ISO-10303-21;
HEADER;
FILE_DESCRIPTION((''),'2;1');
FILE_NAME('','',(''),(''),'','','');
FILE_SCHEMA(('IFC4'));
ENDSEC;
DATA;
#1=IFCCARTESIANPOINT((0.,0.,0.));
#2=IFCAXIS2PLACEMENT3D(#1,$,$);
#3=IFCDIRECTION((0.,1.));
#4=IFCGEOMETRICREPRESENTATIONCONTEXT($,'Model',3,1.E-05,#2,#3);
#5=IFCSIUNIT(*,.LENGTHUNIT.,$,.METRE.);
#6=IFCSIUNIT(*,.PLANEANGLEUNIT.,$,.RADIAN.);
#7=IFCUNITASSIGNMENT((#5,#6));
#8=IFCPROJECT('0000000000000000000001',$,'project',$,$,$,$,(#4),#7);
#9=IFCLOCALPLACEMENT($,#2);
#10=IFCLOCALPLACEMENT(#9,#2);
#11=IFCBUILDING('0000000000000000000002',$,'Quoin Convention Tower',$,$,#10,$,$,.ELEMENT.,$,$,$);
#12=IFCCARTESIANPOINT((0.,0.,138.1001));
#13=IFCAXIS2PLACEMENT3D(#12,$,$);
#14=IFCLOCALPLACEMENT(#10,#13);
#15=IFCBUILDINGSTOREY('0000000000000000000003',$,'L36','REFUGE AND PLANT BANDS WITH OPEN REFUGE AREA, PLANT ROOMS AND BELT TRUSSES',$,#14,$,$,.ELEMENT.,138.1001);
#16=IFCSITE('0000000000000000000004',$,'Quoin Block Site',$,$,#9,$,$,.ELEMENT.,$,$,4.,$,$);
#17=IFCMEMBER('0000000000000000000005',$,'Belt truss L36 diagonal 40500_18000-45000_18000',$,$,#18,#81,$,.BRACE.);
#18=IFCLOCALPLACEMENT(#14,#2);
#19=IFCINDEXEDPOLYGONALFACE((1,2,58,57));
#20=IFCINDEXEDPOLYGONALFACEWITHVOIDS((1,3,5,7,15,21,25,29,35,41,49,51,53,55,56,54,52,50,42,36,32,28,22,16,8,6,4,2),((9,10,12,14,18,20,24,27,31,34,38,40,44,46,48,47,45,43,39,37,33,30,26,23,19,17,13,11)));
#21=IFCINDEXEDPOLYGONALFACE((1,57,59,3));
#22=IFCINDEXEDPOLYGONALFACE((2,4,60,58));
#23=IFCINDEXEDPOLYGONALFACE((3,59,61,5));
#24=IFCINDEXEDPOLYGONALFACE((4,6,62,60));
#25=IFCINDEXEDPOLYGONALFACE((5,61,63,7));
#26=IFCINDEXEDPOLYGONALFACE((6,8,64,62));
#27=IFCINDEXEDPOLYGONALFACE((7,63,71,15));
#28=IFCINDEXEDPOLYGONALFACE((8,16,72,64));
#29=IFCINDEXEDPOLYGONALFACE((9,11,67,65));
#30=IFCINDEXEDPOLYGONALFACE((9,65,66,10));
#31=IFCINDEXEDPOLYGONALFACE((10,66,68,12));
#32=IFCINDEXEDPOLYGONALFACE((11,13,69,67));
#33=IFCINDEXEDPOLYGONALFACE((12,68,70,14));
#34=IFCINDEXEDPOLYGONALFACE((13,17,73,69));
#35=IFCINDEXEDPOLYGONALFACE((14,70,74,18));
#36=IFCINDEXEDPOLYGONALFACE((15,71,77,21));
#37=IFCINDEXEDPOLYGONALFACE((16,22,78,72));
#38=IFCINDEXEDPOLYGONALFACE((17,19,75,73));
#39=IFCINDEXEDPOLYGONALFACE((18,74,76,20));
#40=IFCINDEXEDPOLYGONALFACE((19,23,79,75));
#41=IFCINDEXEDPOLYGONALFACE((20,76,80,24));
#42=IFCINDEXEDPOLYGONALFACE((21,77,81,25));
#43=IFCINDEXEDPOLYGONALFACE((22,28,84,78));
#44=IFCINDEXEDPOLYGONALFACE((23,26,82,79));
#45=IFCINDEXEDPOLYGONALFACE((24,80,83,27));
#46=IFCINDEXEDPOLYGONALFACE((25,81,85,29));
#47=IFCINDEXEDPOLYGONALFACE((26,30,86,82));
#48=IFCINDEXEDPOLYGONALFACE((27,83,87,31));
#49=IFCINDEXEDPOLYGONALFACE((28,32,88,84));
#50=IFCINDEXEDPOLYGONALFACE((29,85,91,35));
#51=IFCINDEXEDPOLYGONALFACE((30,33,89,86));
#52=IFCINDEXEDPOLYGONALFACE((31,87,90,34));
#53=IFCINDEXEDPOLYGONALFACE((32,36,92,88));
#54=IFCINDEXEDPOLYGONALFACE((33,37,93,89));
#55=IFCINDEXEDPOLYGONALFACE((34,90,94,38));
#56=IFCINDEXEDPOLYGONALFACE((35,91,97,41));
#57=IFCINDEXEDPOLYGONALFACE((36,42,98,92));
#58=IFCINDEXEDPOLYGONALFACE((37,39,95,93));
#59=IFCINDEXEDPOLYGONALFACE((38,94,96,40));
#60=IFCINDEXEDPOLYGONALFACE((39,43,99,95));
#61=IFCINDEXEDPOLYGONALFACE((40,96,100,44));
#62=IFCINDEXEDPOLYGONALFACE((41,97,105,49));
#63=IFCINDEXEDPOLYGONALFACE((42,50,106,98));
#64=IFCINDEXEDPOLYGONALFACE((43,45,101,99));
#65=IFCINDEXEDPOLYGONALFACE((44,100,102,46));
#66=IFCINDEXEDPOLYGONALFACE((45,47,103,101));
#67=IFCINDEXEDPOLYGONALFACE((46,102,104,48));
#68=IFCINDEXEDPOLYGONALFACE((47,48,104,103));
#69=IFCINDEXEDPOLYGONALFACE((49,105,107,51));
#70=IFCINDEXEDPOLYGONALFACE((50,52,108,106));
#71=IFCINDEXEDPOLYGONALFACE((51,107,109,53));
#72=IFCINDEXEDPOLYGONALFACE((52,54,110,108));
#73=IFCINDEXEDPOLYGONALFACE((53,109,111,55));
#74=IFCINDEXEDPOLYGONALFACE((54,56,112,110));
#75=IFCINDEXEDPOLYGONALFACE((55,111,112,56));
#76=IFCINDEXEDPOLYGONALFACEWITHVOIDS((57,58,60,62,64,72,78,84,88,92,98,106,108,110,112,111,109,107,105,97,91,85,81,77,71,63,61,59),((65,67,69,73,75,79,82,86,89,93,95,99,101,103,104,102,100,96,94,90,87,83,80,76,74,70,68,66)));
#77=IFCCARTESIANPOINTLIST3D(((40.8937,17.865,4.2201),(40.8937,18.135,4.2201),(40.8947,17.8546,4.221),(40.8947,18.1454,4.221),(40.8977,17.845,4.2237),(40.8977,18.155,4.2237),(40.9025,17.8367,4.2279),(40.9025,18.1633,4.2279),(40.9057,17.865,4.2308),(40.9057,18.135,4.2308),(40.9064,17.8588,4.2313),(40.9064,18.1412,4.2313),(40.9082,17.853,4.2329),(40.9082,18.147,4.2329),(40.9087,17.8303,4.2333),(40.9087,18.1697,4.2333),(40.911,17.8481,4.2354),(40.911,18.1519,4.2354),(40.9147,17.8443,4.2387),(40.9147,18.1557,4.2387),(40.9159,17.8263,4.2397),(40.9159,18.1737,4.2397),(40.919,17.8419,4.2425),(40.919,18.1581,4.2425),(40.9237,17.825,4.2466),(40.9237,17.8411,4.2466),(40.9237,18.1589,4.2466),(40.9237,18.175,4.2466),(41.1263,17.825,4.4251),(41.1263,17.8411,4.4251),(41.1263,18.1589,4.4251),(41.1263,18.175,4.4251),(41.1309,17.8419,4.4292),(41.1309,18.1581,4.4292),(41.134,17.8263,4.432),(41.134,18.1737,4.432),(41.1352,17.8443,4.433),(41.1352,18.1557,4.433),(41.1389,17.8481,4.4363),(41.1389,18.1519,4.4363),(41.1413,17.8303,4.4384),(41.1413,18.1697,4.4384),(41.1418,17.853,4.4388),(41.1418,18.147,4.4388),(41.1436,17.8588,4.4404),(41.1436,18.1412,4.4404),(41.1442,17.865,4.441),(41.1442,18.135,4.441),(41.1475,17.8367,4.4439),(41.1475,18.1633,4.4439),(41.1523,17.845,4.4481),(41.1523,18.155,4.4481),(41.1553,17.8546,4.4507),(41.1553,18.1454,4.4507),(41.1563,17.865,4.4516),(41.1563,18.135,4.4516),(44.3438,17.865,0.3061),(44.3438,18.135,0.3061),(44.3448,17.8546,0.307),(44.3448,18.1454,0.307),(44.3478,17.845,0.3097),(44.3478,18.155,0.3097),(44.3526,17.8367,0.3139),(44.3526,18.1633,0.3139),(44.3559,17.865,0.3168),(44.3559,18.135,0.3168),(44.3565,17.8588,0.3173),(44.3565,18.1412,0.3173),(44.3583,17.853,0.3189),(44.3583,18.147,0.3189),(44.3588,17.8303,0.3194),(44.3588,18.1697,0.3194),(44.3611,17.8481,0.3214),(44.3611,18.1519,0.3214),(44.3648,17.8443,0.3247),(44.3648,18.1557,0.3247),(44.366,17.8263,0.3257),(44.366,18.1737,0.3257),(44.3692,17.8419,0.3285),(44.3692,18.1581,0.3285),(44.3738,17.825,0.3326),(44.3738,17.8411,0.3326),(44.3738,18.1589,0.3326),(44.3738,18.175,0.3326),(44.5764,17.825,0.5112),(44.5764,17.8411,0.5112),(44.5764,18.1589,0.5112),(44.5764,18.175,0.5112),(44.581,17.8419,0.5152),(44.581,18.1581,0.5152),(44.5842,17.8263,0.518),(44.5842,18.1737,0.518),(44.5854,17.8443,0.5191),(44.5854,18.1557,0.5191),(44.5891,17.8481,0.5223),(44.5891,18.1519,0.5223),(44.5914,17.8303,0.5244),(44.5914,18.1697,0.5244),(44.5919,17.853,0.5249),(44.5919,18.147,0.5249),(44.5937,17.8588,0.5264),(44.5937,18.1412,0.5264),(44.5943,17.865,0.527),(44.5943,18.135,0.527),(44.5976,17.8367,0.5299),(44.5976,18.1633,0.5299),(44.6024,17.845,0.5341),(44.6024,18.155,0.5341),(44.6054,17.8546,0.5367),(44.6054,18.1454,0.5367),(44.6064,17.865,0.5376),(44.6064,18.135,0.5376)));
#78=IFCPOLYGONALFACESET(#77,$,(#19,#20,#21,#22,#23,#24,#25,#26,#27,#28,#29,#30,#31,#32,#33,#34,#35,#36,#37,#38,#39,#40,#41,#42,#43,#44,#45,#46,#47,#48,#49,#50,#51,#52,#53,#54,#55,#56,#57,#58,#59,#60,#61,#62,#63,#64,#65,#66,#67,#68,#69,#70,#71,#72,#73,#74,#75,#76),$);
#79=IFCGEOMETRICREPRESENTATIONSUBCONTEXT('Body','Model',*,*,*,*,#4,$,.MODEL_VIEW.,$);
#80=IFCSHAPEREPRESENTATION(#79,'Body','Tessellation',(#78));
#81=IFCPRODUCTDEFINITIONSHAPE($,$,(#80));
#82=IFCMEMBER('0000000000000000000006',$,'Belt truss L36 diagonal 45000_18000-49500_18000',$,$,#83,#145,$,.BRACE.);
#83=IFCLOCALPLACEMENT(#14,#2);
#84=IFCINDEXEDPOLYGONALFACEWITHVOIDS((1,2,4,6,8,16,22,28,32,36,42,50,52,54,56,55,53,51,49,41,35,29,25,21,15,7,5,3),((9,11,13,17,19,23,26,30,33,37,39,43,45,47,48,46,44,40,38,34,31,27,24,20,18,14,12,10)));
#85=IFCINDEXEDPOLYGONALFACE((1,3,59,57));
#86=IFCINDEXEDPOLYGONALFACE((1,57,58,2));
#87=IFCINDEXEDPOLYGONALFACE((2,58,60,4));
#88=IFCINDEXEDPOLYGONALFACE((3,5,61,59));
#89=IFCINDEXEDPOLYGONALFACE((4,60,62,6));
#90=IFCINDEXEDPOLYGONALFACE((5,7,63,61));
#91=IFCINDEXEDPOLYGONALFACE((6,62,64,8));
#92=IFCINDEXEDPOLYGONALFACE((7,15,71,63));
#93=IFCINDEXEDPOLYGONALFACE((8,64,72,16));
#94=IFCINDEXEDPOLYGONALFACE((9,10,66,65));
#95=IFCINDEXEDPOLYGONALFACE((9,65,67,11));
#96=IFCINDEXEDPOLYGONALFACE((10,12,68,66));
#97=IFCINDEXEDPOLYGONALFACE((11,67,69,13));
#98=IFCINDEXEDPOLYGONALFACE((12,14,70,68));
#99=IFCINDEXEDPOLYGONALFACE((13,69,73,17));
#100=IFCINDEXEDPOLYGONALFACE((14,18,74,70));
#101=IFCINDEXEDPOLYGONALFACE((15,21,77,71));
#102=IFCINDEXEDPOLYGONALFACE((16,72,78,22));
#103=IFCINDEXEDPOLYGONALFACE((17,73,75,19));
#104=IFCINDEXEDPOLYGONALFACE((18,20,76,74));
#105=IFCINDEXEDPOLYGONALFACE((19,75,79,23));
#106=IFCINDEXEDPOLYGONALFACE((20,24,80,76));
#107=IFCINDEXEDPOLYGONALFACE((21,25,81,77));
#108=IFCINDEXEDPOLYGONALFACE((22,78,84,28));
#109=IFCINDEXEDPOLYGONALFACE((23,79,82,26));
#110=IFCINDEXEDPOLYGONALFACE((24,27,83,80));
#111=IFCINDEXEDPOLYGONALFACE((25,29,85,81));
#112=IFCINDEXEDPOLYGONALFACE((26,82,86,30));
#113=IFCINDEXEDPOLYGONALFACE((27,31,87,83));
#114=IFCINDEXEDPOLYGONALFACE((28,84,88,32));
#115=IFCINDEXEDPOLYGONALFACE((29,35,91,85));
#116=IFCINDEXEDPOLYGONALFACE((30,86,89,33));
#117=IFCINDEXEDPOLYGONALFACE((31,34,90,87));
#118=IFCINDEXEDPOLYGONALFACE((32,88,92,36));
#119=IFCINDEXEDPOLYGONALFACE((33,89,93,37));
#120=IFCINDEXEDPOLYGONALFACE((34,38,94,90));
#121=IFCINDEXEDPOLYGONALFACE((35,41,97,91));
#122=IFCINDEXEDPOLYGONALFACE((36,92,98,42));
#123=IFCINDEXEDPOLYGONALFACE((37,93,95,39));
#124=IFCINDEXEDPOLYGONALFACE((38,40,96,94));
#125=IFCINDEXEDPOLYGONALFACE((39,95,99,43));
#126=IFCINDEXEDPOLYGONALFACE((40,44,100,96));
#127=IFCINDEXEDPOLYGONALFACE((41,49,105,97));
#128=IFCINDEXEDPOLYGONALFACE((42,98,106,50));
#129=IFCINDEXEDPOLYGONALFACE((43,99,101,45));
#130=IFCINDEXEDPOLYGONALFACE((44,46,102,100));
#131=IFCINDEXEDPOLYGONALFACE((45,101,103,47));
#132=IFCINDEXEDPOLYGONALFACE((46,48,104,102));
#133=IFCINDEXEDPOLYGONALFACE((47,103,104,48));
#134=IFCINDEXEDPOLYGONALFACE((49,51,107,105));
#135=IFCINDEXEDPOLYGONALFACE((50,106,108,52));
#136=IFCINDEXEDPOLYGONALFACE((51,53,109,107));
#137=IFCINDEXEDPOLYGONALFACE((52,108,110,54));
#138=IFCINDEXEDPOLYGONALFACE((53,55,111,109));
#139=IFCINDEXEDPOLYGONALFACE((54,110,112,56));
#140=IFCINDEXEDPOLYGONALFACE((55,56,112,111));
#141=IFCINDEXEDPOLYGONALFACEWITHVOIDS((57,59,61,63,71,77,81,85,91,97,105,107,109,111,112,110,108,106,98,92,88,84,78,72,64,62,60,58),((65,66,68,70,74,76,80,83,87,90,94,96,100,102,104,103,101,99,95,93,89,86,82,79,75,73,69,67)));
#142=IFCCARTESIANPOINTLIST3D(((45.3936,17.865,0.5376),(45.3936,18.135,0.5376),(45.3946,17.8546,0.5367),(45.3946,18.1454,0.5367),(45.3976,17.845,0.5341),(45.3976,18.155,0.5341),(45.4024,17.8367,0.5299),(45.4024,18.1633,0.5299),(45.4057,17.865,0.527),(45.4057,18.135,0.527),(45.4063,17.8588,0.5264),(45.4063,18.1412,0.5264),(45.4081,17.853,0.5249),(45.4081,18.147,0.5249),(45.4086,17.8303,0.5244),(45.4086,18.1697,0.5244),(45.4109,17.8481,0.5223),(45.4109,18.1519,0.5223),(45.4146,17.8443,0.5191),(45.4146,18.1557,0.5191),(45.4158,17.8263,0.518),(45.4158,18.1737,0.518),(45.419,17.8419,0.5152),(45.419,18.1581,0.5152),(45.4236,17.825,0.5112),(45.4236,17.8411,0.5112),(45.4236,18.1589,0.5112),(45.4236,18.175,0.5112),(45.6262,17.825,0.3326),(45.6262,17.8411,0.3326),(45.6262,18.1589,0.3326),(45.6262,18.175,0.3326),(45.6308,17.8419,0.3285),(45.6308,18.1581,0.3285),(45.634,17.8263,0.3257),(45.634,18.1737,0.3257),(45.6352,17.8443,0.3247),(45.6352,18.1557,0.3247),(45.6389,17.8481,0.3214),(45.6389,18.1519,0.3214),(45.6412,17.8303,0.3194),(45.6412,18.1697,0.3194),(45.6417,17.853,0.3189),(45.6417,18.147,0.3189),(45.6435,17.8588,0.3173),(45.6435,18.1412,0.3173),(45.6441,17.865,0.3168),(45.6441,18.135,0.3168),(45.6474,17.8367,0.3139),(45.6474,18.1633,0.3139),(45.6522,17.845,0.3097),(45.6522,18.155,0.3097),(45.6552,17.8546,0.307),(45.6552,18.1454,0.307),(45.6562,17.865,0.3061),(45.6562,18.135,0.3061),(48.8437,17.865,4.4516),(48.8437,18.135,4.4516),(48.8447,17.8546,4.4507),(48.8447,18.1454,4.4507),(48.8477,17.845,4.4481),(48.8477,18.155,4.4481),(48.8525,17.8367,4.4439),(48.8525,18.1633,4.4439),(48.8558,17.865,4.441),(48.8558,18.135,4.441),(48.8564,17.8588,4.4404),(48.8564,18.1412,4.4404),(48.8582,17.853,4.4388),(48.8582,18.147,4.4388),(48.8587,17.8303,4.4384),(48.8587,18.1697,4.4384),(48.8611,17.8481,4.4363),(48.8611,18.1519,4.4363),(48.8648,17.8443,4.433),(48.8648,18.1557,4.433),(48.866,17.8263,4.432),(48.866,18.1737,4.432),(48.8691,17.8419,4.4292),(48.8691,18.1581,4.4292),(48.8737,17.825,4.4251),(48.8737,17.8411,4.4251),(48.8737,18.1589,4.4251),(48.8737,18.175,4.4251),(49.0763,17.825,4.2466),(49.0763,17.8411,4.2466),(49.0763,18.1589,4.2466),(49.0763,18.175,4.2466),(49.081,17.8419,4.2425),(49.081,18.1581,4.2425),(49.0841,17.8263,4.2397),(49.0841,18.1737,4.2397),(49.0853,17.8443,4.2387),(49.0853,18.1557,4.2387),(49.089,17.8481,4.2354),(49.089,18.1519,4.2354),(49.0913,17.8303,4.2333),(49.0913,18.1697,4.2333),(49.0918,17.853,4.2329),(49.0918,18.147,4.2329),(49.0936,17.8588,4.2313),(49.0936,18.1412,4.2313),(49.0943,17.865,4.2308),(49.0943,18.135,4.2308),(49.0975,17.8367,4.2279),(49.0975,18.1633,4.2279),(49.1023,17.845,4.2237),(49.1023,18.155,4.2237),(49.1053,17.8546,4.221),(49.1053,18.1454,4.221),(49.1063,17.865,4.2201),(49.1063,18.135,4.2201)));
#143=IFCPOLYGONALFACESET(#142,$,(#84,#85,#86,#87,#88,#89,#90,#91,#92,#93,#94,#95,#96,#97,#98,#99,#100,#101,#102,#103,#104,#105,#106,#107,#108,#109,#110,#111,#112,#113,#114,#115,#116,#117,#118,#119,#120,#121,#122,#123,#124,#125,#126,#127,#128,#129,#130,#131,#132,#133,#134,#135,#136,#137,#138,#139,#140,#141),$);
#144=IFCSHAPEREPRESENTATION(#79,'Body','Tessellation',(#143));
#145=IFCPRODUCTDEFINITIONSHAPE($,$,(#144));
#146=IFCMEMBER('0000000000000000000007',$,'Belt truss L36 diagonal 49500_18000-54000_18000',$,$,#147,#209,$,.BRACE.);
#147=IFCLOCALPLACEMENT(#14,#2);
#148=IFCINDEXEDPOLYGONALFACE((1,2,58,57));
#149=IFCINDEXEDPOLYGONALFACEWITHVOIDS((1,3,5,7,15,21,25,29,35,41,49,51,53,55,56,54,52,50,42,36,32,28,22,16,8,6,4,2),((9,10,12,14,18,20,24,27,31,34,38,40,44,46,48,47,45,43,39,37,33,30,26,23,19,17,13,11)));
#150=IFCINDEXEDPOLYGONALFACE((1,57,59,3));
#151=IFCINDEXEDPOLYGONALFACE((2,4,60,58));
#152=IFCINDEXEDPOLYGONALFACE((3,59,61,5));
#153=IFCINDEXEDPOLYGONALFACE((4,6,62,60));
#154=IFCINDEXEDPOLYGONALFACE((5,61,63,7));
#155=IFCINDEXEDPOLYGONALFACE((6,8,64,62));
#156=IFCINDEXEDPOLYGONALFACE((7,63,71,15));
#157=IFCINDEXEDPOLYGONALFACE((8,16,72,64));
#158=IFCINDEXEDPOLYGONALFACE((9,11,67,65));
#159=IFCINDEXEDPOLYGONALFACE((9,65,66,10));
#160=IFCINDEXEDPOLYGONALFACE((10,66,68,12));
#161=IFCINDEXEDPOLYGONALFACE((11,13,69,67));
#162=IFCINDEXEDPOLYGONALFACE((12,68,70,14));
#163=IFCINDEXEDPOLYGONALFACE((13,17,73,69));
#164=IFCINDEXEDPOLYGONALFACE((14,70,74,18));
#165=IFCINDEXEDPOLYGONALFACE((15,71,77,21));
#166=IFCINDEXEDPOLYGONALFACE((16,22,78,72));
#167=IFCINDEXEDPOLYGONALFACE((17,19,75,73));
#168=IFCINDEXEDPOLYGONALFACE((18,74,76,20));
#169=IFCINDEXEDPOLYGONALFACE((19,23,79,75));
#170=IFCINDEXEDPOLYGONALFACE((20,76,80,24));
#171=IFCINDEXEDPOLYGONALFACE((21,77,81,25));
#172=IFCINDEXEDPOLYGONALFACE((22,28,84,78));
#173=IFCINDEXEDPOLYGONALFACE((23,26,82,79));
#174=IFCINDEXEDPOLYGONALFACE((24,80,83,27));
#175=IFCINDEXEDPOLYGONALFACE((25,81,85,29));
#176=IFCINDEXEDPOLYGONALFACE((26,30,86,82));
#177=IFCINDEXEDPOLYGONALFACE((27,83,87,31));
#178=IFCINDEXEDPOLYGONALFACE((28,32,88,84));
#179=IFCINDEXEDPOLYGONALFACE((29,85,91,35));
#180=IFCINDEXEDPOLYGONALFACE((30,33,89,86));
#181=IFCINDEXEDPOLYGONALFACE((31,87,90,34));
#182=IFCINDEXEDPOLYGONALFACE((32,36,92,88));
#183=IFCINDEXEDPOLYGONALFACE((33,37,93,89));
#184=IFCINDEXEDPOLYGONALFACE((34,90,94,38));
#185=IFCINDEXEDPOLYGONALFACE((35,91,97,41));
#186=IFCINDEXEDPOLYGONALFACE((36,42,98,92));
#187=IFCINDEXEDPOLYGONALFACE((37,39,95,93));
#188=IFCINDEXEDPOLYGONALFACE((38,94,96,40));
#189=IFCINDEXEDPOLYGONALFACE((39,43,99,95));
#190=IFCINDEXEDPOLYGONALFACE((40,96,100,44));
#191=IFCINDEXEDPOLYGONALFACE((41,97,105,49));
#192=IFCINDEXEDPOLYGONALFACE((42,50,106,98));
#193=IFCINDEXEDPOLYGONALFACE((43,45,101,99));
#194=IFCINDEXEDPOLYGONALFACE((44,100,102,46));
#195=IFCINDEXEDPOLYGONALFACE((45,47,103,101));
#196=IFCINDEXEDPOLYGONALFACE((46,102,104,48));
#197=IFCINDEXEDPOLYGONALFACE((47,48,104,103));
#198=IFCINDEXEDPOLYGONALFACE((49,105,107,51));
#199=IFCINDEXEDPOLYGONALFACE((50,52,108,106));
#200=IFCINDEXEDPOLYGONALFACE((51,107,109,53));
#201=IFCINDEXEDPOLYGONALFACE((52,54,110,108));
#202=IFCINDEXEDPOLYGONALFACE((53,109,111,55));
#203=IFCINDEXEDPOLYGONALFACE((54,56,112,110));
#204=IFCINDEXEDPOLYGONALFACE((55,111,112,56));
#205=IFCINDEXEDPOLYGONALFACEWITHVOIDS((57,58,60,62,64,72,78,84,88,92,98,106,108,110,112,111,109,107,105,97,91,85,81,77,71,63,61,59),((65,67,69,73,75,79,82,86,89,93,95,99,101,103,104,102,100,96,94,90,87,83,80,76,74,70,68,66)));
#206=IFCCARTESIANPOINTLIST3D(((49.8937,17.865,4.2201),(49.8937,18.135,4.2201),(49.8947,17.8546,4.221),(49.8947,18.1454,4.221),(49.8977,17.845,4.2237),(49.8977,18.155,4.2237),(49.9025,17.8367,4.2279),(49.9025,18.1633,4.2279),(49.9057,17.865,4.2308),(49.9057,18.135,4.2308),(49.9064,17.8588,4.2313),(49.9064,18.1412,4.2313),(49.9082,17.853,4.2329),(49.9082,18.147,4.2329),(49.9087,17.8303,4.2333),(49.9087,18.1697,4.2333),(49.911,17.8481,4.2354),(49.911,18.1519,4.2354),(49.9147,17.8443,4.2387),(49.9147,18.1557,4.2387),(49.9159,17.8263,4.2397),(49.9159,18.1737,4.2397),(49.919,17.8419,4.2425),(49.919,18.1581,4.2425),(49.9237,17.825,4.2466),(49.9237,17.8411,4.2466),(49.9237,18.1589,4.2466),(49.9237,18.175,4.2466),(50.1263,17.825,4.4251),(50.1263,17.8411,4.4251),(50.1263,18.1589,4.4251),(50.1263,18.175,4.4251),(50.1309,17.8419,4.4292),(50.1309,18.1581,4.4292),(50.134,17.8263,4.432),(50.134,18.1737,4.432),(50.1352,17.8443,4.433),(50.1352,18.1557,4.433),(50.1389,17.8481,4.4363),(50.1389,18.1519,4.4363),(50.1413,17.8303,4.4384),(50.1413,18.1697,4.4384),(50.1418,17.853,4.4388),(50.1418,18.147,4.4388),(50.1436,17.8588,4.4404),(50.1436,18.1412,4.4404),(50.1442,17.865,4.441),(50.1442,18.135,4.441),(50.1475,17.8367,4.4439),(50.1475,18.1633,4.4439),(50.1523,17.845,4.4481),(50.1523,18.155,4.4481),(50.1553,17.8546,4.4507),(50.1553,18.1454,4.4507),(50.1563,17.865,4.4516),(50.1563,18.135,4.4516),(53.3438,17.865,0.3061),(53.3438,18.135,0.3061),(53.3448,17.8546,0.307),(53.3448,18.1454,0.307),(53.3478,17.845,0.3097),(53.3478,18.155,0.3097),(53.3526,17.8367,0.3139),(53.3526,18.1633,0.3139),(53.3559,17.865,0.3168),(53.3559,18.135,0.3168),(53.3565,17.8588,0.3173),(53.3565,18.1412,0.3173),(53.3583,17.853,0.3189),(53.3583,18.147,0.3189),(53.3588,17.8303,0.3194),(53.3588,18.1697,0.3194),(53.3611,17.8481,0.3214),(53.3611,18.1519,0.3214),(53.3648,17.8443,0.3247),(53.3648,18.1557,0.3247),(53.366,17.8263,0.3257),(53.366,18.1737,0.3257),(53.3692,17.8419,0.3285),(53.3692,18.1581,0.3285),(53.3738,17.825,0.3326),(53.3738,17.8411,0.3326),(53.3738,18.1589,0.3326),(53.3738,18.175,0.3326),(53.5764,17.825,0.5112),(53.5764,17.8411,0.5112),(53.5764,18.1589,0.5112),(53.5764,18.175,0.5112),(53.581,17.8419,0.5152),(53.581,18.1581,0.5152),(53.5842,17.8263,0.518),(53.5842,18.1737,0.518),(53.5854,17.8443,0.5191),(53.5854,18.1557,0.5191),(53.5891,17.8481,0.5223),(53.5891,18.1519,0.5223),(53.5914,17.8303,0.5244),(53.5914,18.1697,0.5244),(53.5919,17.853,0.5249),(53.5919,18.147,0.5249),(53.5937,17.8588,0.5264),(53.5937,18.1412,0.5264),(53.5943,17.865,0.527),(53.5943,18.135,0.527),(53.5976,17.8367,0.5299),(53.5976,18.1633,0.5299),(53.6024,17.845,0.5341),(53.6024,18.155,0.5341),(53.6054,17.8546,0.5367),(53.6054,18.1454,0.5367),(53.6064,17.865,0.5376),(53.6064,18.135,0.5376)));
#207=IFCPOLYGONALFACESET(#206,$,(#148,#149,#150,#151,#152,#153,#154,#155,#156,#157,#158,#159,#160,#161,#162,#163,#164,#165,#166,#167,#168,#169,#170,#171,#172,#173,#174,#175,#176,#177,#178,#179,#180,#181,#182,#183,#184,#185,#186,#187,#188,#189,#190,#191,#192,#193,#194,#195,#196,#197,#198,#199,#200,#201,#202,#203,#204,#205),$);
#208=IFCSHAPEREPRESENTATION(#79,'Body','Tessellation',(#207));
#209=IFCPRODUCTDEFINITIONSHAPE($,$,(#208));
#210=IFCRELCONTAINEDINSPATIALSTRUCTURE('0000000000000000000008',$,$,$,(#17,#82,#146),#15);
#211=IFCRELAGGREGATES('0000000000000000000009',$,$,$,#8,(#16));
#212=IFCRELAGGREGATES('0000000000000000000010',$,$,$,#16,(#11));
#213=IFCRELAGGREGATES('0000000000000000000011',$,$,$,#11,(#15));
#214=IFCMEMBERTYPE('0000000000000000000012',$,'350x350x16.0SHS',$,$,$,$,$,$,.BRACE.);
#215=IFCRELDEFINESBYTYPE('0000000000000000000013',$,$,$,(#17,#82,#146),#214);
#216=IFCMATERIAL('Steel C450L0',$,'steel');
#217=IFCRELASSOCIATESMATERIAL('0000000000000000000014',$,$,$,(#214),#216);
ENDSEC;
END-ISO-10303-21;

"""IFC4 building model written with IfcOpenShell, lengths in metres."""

from ifc_helpers import new_model, si_unit, direction, frame, origin, origin_2d, place, context, subcontext, project, spatial, hollow_rectangle, extrude, material, material_profile, profile_set, type_object, element, save


model = new_model("IFC4")

# Units and contexts
model_context = context("Model", 3, precision=1e-05, world=origin(), true_north=direction((0.0, 1.0)))
body_context = subcontext(model_context, "Body", "Model", "MODEL_VIEW")
ifc_project = project(units=[si_unit("LENGTHUNIT", "METRE"), si_unit("PLANEANGLEUNIT", "RADIAN")], contexts=[model_context])

# Site, building, storey
site_placement = place(None, origin())
site = spatial("IfcSite", under=ifc_project, at=site_placement, Name="Quoin Block Site", CompositionType="ELEMENT", RefElevation=4.0)
building_placement = place(site_placement, origin())
building = spatial("IfcBuilding", under=site, at=building_placement, Name="Quoin Convention Tower", CompositionType="ELEMENT")
storey_placement = place(building_placement, frame((0.0, 0.0, 138.1001)))
storey = spatial("IfcBuildingStorey", under=building, at=storey_placement, Name="L36", Description="REFUGE AND PLANT BANDS WITH OPEN REFUGE AREA, PLANT ROOMS AND BELT TRUSSES", CompositionType="ELEMENT", Elevation=138.1001)

# Shared definitions
ifc_material_1 = material(Name="Steel C450L0", Category="steel")

# Members
ifc_material_profile_1 = material_profile(ifc_material_1, hollow_rectangle(XDim=0.3501, YDim=0.3501, WallThickness=0.0161, InnerFilletRadius=0.0239, OuterFilletRadius=0.04, at=origin_2d()), Name="350x350x16.0SHS")
ifc_profile_set_1 = profile_set([ifc_material_profile_1], Name="Steel C450L0")
member_type_1 = type_object("IfcMemberType", Name="350x350x16.0SHS", PredefinedType="BRACE", material=ifc_profile_set_1)
for number, where, z_axis, x_axis, name in (
    (1, (44.4751, 18.0, 0.4219), (-0.661256, 0.0, 0.75016), (0.0, -1.0, 0.0), "Belt truss L36 diagonal 40500_18000-45000_18000"),
    (2, (45.5249, 18.0, 0.4219), (0.661256, 0.0, 0.75016), (0.0, 1.0, 0.0), "Belt truss L36 diagonal 45000_18000-49500_18000"),
    (3, (53.4751, 18.0, 0.4219), (-0.661256, 0.0, 0.75016), (0.0, -1.0, 0.0), "Belt truss L36 diagonal 49500_18000-54000_18000"),
):
    element("IfcMember", number, at=place(storey_placement, frame(where, z_axis=z_axis, x_axis=x_axis)), inside=storey, type_object=member_type_1, Name=name, PredefinedType="BRACE", context=body_context, shape_type="SweptSolid", body=[
        extrude(hollow_rectangle(XDim=0.3501, YDim=0.3501, WallThickness=0.0161, InnerFilletRadius=0.0239, OuterFilletRadius=0.04, at=origin_2d()), origin(), (0.0, 0.0, 1.0), 5.2175),
    ])

save(model, "model.ifc")
